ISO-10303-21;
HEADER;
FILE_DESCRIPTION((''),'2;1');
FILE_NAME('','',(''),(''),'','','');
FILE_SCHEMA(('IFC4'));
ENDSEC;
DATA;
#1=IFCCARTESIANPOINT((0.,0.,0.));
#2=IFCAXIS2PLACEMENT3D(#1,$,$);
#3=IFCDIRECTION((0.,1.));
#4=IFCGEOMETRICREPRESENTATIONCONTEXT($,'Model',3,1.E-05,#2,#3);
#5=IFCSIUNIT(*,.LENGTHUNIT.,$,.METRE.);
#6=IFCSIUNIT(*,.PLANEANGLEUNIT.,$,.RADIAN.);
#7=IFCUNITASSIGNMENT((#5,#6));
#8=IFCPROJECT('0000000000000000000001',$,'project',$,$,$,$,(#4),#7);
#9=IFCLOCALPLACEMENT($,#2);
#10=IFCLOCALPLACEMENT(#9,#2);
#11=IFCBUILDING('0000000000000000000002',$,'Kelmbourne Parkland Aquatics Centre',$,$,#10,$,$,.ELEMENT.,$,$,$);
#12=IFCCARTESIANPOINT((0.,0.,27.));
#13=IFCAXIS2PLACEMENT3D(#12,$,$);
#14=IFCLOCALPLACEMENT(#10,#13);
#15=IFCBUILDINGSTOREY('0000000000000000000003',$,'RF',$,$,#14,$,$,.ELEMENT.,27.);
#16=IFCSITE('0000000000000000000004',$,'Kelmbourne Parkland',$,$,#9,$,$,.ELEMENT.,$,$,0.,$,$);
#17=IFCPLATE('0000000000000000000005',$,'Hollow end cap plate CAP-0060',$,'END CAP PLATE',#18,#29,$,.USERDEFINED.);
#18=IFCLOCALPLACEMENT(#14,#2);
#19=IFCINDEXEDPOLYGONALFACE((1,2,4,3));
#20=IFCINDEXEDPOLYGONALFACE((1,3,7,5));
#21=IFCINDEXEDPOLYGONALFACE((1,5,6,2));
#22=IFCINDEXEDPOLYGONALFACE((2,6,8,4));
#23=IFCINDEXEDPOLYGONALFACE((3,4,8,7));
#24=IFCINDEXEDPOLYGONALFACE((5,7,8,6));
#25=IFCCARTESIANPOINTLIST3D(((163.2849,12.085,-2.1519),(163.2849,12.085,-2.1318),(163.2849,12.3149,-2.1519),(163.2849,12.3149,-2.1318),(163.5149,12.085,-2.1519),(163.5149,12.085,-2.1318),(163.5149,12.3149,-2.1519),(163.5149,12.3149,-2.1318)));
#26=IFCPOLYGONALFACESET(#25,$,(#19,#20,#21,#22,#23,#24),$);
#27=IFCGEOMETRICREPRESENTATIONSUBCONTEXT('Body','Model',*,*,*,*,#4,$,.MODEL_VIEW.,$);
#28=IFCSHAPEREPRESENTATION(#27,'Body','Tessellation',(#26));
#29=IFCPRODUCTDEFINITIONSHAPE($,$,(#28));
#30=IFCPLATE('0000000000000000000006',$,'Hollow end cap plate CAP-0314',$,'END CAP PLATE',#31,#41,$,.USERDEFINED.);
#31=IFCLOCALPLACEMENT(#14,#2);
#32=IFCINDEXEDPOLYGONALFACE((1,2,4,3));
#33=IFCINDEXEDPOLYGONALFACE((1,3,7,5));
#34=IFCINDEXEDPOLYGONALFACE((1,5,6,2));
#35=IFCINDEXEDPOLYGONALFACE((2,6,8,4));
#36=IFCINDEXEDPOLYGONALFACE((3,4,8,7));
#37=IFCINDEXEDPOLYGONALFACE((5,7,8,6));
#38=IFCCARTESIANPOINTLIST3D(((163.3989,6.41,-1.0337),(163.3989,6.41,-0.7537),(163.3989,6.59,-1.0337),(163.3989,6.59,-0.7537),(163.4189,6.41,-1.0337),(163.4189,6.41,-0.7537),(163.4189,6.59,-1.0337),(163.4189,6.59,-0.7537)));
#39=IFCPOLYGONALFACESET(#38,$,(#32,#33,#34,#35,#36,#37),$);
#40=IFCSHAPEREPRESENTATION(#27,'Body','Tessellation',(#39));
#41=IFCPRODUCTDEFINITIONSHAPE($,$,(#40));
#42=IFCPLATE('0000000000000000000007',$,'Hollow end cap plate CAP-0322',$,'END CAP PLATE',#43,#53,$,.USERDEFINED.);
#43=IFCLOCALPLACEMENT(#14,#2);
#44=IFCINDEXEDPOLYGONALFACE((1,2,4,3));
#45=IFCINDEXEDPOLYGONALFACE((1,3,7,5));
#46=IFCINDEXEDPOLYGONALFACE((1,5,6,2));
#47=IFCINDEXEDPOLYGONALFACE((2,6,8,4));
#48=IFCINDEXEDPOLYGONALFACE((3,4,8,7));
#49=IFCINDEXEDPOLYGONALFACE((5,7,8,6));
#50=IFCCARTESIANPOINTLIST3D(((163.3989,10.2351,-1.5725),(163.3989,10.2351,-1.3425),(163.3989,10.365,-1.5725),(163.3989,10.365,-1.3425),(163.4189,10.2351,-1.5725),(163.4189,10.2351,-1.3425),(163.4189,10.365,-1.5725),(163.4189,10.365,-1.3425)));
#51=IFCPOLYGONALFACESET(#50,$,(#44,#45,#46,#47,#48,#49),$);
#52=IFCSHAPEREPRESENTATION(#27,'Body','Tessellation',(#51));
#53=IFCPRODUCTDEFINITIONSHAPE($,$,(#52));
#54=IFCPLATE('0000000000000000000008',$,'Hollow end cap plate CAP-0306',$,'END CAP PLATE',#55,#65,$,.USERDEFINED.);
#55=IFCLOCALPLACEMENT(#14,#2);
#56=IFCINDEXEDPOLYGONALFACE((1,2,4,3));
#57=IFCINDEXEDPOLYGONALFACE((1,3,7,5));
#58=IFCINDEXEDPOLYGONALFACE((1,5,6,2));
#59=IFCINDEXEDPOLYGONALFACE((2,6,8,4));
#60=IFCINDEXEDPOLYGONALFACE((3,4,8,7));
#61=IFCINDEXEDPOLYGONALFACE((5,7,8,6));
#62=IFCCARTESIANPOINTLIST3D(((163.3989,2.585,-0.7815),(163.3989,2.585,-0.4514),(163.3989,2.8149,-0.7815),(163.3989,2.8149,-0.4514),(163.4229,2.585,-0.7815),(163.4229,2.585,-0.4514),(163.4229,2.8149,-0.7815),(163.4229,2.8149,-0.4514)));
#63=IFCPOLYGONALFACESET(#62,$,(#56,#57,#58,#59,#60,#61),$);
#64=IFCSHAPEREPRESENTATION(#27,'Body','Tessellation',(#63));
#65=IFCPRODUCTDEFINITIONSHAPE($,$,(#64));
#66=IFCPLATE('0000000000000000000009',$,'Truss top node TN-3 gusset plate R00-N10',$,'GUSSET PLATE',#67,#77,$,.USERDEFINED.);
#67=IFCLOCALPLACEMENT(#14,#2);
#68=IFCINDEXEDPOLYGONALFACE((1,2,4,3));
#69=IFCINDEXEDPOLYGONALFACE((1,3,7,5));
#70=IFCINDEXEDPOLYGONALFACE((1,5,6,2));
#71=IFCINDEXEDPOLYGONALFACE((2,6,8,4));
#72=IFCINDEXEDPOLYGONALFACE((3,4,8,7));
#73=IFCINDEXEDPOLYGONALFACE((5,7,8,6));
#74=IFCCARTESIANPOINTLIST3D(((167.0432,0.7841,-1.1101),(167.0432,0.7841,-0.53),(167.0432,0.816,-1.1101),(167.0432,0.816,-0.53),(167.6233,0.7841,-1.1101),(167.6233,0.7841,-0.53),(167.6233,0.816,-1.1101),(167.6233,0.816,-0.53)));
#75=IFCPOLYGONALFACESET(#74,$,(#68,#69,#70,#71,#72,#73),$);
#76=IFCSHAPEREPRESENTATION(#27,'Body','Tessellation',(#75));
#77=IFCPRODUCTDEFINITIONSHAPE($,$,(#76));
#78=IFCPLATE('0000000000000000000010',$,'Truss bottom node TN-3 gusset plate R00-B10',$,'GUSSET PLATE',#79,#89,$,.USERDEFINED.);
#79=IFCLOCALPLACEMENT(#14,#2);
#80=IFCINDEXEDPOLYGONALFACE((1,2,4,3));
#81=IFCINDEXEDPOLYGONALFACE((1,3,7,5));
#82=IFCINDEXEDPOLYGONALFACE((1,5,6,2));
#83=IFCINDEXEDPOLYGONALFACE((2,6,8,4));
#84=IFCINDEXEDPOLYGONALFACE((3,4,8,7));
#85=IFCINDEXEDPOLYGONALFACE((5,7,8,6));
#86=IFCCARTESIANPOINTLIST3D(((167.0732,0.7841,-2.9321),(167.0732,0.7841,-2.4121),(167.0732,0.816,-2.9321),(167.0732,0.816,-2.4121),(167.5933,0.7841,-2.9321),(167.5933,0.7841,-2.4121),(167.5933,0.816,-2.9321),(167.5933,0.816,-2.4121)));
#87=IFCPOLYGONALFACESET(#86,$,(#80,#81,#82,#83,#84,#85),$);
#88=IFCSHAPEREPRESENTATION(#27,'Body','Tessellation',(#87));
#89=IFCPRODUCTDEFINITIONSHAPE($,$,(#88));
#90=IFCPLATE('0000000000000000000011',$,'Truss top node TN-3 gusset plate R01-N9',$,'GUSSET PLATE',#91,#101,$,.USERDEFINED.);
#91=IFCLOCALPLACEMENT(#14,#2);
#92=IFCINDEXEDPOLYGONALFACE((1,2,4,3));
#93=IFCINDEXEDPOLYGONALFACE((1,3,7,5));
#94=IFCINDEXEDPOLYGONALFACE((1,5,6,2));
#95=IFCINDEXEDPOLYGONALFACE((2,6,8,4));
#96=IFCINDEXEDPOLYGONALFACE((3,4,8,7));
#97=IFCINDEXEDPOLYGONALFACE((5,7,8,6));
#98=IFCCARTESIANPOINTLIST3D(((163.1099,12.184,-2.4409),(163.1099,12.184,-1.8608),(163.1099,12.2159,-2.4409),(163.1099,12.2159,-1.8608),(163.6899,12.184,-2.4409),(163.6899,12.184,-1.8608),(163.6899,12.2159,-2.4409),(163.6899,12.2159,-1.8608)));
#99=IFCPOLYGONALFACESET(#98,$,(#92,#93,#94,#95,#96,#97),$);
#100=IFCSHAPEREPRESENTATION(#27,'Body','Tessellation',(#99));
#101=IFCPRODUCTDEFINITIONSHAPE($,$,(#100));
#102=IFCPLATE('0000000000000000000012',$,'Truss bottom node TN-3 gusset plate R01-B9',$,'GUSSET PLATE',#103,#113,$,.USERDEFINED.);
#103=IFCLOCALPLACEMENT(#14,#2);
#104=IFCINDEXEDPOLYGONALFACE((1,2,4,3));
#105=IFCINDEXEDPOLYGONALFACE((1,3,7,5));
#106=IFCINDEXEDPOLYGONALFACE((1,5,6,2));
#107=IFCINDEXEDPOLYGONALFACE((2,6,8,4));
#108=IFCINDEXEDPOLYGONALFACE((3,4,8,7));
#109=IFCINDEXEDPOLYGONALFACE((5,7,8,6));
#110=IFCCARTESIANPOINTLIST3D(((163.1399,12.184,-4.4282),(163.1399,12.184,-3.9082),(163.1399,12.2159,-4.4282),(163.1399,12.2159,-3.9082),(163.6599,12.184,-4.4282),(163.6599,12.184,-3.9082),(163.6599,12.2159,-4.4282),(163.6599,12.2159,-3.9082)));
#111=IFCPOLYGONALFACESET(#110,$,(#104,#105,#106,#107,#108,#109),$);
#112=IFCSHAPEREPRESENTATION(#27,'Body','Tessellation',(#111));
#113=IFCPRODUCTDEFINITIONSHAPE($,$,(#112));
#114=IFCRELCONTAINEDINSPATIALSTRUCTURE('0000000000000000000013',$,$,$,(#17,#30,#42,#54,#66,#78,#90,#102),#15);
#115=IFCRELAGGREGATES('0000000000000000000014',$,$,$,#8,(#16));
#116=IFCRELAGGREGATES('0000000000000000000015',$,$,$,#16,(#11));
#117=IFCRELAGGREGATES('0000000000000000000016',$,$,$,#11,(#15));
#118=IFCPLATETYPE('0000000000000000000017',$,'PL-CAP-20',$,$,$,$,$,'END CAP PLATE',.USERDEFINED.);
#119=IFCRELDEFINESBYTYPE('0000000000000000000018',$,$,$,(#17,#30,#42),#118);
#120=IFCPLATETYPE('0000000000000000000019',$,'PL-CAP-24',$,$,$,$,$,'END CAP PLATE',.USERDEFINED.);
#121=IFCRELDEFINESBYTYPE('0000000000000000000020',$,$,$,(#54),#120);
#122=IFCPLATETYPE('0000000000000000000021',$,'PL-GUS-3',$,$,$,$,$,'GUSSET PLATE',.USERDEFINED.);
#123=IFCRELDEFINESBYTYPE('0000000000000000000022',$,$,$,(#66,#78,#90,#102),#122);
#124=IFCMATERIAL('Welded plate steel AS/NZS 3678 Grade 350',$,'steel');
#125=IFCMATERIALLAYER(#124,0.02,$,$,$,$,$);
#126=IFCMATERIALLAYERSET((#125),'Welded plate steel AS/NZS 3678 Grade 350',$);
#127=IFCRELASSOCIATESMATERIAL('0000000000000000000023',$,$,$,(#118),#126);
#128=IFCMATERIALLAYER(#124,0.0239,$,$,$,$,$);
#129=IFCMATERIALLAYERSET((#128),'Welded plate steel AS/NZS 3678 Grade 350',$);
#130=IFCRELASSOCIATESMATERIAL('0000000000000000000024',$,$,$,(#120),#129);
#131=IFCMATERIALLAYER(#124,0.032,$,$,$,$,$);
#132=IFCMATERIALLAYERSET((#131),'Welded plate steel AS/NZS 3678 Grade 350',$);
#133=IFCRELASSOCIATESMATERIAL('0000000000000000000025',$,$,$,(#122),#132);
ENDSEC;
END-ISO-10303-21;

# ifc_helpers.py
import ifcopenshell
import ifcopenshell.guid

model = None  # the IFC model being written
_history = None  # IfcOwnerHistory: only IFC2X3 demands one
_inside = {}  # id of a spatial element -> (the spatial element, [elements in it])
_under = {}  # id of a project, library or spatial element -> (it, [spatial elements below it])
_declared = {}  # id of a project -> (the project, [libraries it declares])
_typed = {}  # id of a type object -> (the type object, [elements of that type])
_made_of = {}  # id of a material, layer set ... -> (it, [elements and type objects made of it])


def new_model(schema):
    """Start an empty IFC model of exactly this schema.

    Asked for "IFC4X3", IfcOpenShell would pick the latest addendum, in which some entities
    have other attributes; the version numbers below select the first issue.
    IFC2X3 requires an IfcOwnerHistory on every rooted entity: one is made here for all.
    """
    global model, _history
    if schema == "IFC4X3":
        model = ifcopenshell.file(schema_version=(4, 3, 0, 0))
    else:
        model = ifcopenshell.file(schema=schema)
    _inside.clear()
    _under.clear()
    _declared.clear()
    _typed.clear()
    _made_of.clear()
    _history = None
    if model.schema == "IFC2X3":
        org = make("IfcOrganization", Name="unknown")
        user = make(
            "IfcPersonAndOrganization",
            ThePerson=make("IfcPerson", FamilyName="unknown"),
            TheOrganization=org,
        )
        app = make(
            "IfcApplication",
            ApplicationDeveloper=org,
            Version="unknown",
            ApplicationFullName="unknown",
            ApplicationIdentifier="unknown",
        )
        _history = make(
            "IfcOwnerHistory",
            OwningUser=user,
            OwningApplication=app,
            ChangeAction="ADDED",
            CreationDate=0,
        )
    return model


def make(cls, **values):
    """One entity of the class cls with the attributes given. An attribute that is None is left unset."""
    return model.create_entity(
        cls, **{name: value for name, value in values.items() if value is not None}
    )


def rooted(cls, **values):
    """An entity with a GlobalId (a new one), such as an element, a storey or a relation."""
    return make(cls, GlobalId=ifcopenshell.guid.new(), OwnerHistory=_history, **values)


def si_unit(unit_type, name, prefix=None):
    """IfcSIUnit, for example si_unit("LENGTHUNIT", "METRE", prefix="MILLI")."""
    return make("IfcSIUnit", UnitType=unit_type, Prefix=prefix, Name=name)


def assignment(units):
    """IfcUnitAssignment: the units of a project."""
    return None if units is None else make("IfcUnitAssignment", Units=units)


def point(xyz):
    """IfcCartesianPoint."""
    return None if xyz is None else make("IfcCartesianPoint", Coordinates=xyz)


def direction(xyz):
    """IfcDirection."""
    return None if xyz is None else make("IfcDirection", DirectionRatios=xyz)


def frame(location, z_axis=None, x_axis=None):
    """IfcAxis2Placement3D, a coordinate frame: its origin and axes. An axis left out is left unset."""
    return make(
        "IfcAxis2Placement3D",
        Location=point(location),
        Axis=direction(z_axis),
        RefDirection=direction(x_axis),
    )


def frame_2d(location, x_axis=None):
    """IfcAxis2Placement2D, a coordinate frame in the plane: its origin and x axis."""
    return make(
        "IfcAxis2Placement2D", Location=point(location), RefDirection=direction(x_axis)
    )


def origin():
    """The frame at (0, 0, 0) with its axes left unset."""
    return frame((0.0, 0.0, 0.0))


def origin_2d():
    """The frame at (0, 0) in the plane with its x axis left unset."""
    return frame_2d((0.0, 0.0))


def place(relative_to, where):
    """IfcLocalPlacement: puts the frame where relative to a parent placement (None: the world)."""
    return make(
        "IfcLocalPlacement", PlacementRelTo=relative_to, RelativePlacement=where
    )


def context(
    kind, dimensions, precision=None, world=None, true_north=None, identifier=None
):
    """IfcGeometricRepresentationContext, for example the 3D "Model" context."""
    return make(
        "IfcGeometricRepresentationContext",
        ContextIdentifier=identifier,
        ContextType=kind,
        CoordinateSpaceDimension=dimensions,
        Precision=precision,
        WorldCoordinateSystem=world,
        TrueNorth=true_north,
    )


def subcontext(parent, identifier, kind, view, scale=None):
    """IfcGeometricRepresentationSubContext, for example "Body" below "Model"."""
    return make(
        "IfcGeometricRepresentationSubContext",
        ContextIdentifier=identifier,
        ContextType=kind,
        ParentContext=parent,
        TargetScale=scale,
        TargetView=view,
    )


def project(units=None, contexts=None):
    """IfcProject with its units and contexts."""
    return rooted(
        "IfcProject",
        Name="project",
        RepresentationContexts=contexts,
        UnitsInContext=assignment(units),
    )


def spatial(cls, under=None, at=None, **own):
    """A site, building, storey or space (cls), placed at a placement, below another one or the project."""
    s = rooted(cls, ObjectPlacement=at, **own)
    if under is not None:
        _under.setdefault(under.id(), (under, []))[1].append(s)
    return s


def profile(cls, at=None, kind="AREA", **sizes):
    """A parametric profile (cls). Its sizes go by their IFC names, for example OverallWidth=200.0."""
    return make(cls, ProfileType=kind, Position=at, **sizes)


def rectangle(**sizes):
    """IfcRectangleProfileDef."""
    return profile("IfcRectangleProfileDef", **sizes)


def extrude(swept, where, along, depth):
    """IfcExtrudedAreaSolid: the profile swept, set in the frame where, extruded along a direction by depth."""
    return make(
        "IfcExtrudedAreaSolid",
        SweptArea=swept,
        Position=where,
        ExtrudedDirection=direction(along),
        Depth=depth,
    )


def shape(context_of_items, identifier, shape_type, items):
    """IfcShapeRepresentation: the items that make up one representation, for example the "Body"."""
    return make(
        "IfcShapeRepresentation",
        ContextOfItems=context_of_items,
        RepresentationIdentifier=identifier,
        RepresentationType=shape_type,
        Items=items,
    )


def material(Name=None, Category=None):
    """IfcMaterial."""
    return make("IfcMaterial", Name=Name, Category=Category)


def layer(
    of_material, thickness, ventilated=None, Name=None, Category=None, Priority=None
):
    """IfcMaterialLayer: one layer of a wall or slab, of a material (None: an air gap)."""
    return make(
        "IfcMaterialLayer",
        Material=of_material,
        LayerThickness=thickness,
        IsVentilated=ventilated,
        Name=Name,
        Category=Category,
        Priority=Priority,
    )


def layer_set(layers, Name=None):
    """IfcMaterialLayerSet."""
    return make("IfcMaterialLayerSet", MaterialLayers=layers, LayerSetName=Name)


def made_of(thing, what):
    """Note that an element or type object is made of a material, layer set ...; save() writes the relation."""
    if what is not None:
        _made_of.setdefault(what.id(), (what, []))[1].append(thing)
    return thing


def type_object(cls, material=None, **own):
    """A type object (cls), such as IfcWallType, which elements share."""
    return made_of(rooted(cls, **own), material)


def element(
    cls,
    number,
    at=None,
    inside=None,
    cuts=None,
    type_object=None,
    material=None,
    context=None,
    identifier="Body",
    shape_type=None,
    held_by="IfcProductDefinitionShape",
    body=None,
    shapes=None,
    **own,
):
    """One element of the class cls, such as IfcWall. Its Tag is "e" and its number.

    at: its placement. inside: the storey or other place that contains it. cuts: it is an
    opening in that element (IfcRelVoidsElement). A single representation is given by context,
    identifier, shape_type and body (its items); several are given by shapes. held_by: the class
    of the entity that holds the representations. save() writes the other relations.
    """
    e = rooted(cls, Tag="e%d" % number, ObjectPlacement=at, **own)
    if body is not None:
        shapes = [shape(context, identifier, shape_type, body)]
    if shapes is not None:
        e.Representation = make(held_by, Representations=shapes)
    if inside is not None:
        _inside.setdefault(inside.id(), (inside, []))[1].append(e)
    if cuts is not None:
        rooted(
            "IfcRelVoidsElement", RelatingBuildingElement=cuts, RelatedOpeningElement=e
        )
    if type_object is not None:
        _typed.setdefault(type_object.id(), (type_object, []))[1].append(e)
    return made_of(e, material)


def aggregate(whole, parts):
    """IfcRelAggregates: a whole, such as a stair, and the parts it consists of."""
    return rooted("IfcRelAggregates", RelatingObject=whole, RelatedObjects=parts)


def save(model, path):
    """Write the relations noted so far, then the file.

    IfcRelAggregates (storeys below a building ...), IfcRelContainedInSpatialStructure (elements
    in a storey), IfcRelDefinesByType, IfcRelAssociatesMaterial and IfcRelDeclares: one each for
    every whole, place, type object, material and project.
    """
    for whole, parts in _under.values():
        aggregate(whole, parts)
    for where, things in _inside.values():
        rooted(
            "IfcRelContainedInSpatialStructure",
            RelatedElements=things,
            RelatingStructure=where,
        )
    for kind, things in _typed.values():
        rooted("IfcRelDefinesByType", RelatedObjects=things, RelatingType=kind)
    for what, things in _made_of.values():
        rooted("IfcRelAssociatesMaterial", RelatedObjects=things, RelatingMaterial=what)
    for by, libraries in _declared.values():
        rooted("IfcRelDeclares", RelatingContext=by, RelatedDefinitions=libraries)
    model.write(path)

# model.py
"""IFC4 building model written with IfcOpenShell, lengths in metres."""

from ifc_helpers import new_model, si_unit, direction, frame, origin, origin_2d, place, context, subcontext, project, spatial, rectangle, extrude, material, layer, layer_set, type_object, element, save


model = new_model("IFC4")

# Units and contexts
model_context = context("Model", 3, precision=1e-05, world=origin(), true_north=direction((0.0, 1.0)))
body_context = subcontext(model_context, "Body", "Model", "MODEL_VIEW")
ifc_project = project(units=[si_unit("LENGTHUNIT", "METRE"), si_unit("PLANEANGLEUNIT", "RADIAN")], contexts=[model_context])

# Site, building, storey
site_placement = place(None, origin())
site = spatial("IfcSite", under=ifc_project, at=site_placement, Name="Kelmbourne Parkland", CompositionType="ELEMENT", RefElevation=0.0)
building_placement = place(site_placement, origin())
building = spatial("IfcBuilding", under=site, at=building_placement, Name="Kelmbourne Parkland Aquatics Centre", CompositionType="ELEMENT")
storey_placement = place(building_placement, frame((0.0, 0.0, 27.0)))
storey = spatial("IfcBuildingStorey", under=building, at=storey_placement, Name="RF", CompositionType="ELEMENT", Elevation=27.0)

# Shared definitions
ifc_material_1 = material(Name="Welded plate steel AS/NZS 3678 Grade 350", Category="steel")

# Plates
ifc_layer_1 = layer(ifc_material_1, 0.02)
ifc_layer_set_1 = layer_set([ifc_layer_1], Name="Welded plate steel AS/NZS 3678 Grade 350")
plate_type_1 = type_object("IfcPlateType", Name="PL-CAP-20", ElementType="END CAP PLATE", PredefinedType="USERDEFINED", material=ifc_layer_set_1)
for number, where, z_axis, x_axis, name in (
    (1, (163.3999, 12.2, -2.1519), (0.0, 0.0, 1.0), (1.0, 0.0, 0.0), "Hollow end cap plate CAP-0060"),
):
    element("IfcPlate", number, at=place(storey_placement, frame(where, z_axis=z_axis, x_axis=x_axis)), inside=storey, type_object=plate_type_1, Name=name, ObjectType="END CAP PLATE", PredefinedType="USERDEFINED", context=body_context, shape_type="SweptSolid", body=[
        extrude(rectangle(XDim=0.23, YDim=0.23, at=origin_2d()), origin(), (0.0, 0.0, 1.0), 0.02),
    ])
plate_1_placement = place(storey_placement, frame((163.4089, 6.5, -1.0337), z_axis=(0.0, 0.0, 1.0), x_axis=(1.0, 0.0, 0.0)))
element("IfcPlate", 2, at=plate_1_placement, inside=storey, type_object=plate_type_1, Name="Hollow end cap plate CAP-0314", ObjectType="END CAP PLATE", PredefinedType="USERDEFINED", context=body_context, shape_type="SweptSolid", body=[
    extrude(rectangle(XDim=0.02, YDim=0.1799, at=origin_2d()), origin(), (0.0, 0.0, 1.0), 0.28),
])
plate_2_placement = place(storey_placement, frame((163.4089, 10.3, -1.5725), z_axis=(0.0, 0.0, 1.0), x_axis=(1.0, 0.0, 0.0)))
element("IfcPlate", 3, at=plate_2_placement, inside=storey, type_object=plate_type_1, Name="Hollow end cap plate CAP-0322", ObjectType="END CAP PLATE", PredefinedType="USERDEFINED", context=body_context, shape_type="SweptSolid", body=[
    extrude(rectangle(XDim=0.02, YDim=0.1299, at=origin_2d()), origin(), (0.0, 0.0, 1.0), 0.23),
])
ifc_layer_2 = layer(ifc_material_1, 0.0239)
ifc_layer_set_2 = layer_set([ifc_layer_2], Name="Welded plate steel AS/NZS 3678 Grade 350")
plate_type_2 = type_object("IfcPlateType", Name="PL-CAP-24", ElementType="END CAP PLATE", PredefinedType="USERDEFINED", material=ifc_layer_set_2)
plate_3_placement = place(storey_placement, frame((163.4109, 2.7, -0.7815), z_axis=(0.0, 0.0, 1.0), x_axis=(1.0, 0.0, 0.0)))
element("IfcPlate", 4, at=plate_3_placement, inside=storey, type_object=plate_type_2, Name="Hollow end cap plate CAP-0306", ObjectType="END CAP PLATE", PredefinedType="USERDEFINED", context=body_context, shape_type="SweptSolid", body=[
    extrude(rectangle(XDim=0.0239, YDim=0.23, at=origin_2d()), origin(), (0.0, 0.0, 1.0), 0.3301),
])
ifc_layer_3 = layer(ifc_material_1, 0.032)
ifc_layer_set_3 = layer_set([ifc_layer_3], Name="Welded plate steel AS/NZS 3678 Grade 350")
plate_type_3 = type_object("IfcPlateType", Name="PL-GUS-3", ElementType="GUSSET PLATE", PredefinedType="USERDEFINED", material=ifc_layer_set_3)
plate_4_placement = place(storey_placement, frame((167.3333, 0.8, -1.1101), z_axis=(0.0, 0.0, 1.0), x_axis=(1.0, 0.0, 0.0)))
element("IfcPlate", 5, at=plate_4_placement, inside=storey, type_object=plate_type_3, Name="Truss top node TN-3 gusset plate R00-N10", ObjectType="GUSSET PLATE", PredefinedType="USERDEFINED", context=body_context, shape_type="SweptSolid", body=[
    extrude(rectangle(XDim=0.5801, YDim=0.032, at=origin_2d()), origin(), (0.0, 0.0, 1.0), 0.5801),
])
plate_5_placement = place(storey_placement, frame((167.3333, 0.8, -2.9321), z_axis=(0.0, 0.0, 1.0), x_axis=(1.0, 0.0, 0.0)))
element("IfcPlate", 6, at=plate_5_placement, inside=storey, type_object=plate_type_3, Name="Truss bottom node TN-3 gusset plate R00-B10", ObjectType="GUSSET PLATE", PredefinedType="USERDEFINED", context=body_context, shape_type="SweptSolid", body=[
    extrude(rectangle(XDim=0.52, YDim=0.032, at=origin_2d()), origin(), (0.0, 0.0, 1.0), 0.52),
])
plate_6_placement = place(storey_placement, frame((163.3999, 12.2, -2.4409), z_axis=(0.0, 0.0, 1.0), x_axis=(1.0, 0.0, 0.0)))
element("IfcPlate", 7, at=plate_6_placement, inside=storey, type_object=plate_type_3, Name="Truss top node TN-3 gusset plate R01-N9", ObjectType="GUSSET PLATE", PredefinedType="USERDEFINED", context=body_context, shape_type="SweptSolid", body=[
    extrude(rectangle(XDim=0.5801, YDim=0.032, at=origin_2d()), origin(), (0.0, 0.0, 1.0), 0.5801),
])
plate_7_placement = place(storey_placement, frame((163.3999, 12.2, -4.4282), z_axis=(0.0, 0.0, 1.0), x_axis=(1.0, 0.0, 0.0)))
element("IfcPlate", 8, at=plate_7_placement, inside=storey, type_object=plate_type_3, Name="Truss bottom node TN-3 gusset plate R01-B9", ObjectType="GUSSET PLATE", PredefinedType="USERDEFINED", context=body_context, shape_type="SweptSolid", body=[
    extrude(rectangle(XDim=0.52, YDim=0.032, at=origin_2d()), origin(), (0.0, 0.0, 1.0), 0.52),
])

save(model, "model.ifc")
